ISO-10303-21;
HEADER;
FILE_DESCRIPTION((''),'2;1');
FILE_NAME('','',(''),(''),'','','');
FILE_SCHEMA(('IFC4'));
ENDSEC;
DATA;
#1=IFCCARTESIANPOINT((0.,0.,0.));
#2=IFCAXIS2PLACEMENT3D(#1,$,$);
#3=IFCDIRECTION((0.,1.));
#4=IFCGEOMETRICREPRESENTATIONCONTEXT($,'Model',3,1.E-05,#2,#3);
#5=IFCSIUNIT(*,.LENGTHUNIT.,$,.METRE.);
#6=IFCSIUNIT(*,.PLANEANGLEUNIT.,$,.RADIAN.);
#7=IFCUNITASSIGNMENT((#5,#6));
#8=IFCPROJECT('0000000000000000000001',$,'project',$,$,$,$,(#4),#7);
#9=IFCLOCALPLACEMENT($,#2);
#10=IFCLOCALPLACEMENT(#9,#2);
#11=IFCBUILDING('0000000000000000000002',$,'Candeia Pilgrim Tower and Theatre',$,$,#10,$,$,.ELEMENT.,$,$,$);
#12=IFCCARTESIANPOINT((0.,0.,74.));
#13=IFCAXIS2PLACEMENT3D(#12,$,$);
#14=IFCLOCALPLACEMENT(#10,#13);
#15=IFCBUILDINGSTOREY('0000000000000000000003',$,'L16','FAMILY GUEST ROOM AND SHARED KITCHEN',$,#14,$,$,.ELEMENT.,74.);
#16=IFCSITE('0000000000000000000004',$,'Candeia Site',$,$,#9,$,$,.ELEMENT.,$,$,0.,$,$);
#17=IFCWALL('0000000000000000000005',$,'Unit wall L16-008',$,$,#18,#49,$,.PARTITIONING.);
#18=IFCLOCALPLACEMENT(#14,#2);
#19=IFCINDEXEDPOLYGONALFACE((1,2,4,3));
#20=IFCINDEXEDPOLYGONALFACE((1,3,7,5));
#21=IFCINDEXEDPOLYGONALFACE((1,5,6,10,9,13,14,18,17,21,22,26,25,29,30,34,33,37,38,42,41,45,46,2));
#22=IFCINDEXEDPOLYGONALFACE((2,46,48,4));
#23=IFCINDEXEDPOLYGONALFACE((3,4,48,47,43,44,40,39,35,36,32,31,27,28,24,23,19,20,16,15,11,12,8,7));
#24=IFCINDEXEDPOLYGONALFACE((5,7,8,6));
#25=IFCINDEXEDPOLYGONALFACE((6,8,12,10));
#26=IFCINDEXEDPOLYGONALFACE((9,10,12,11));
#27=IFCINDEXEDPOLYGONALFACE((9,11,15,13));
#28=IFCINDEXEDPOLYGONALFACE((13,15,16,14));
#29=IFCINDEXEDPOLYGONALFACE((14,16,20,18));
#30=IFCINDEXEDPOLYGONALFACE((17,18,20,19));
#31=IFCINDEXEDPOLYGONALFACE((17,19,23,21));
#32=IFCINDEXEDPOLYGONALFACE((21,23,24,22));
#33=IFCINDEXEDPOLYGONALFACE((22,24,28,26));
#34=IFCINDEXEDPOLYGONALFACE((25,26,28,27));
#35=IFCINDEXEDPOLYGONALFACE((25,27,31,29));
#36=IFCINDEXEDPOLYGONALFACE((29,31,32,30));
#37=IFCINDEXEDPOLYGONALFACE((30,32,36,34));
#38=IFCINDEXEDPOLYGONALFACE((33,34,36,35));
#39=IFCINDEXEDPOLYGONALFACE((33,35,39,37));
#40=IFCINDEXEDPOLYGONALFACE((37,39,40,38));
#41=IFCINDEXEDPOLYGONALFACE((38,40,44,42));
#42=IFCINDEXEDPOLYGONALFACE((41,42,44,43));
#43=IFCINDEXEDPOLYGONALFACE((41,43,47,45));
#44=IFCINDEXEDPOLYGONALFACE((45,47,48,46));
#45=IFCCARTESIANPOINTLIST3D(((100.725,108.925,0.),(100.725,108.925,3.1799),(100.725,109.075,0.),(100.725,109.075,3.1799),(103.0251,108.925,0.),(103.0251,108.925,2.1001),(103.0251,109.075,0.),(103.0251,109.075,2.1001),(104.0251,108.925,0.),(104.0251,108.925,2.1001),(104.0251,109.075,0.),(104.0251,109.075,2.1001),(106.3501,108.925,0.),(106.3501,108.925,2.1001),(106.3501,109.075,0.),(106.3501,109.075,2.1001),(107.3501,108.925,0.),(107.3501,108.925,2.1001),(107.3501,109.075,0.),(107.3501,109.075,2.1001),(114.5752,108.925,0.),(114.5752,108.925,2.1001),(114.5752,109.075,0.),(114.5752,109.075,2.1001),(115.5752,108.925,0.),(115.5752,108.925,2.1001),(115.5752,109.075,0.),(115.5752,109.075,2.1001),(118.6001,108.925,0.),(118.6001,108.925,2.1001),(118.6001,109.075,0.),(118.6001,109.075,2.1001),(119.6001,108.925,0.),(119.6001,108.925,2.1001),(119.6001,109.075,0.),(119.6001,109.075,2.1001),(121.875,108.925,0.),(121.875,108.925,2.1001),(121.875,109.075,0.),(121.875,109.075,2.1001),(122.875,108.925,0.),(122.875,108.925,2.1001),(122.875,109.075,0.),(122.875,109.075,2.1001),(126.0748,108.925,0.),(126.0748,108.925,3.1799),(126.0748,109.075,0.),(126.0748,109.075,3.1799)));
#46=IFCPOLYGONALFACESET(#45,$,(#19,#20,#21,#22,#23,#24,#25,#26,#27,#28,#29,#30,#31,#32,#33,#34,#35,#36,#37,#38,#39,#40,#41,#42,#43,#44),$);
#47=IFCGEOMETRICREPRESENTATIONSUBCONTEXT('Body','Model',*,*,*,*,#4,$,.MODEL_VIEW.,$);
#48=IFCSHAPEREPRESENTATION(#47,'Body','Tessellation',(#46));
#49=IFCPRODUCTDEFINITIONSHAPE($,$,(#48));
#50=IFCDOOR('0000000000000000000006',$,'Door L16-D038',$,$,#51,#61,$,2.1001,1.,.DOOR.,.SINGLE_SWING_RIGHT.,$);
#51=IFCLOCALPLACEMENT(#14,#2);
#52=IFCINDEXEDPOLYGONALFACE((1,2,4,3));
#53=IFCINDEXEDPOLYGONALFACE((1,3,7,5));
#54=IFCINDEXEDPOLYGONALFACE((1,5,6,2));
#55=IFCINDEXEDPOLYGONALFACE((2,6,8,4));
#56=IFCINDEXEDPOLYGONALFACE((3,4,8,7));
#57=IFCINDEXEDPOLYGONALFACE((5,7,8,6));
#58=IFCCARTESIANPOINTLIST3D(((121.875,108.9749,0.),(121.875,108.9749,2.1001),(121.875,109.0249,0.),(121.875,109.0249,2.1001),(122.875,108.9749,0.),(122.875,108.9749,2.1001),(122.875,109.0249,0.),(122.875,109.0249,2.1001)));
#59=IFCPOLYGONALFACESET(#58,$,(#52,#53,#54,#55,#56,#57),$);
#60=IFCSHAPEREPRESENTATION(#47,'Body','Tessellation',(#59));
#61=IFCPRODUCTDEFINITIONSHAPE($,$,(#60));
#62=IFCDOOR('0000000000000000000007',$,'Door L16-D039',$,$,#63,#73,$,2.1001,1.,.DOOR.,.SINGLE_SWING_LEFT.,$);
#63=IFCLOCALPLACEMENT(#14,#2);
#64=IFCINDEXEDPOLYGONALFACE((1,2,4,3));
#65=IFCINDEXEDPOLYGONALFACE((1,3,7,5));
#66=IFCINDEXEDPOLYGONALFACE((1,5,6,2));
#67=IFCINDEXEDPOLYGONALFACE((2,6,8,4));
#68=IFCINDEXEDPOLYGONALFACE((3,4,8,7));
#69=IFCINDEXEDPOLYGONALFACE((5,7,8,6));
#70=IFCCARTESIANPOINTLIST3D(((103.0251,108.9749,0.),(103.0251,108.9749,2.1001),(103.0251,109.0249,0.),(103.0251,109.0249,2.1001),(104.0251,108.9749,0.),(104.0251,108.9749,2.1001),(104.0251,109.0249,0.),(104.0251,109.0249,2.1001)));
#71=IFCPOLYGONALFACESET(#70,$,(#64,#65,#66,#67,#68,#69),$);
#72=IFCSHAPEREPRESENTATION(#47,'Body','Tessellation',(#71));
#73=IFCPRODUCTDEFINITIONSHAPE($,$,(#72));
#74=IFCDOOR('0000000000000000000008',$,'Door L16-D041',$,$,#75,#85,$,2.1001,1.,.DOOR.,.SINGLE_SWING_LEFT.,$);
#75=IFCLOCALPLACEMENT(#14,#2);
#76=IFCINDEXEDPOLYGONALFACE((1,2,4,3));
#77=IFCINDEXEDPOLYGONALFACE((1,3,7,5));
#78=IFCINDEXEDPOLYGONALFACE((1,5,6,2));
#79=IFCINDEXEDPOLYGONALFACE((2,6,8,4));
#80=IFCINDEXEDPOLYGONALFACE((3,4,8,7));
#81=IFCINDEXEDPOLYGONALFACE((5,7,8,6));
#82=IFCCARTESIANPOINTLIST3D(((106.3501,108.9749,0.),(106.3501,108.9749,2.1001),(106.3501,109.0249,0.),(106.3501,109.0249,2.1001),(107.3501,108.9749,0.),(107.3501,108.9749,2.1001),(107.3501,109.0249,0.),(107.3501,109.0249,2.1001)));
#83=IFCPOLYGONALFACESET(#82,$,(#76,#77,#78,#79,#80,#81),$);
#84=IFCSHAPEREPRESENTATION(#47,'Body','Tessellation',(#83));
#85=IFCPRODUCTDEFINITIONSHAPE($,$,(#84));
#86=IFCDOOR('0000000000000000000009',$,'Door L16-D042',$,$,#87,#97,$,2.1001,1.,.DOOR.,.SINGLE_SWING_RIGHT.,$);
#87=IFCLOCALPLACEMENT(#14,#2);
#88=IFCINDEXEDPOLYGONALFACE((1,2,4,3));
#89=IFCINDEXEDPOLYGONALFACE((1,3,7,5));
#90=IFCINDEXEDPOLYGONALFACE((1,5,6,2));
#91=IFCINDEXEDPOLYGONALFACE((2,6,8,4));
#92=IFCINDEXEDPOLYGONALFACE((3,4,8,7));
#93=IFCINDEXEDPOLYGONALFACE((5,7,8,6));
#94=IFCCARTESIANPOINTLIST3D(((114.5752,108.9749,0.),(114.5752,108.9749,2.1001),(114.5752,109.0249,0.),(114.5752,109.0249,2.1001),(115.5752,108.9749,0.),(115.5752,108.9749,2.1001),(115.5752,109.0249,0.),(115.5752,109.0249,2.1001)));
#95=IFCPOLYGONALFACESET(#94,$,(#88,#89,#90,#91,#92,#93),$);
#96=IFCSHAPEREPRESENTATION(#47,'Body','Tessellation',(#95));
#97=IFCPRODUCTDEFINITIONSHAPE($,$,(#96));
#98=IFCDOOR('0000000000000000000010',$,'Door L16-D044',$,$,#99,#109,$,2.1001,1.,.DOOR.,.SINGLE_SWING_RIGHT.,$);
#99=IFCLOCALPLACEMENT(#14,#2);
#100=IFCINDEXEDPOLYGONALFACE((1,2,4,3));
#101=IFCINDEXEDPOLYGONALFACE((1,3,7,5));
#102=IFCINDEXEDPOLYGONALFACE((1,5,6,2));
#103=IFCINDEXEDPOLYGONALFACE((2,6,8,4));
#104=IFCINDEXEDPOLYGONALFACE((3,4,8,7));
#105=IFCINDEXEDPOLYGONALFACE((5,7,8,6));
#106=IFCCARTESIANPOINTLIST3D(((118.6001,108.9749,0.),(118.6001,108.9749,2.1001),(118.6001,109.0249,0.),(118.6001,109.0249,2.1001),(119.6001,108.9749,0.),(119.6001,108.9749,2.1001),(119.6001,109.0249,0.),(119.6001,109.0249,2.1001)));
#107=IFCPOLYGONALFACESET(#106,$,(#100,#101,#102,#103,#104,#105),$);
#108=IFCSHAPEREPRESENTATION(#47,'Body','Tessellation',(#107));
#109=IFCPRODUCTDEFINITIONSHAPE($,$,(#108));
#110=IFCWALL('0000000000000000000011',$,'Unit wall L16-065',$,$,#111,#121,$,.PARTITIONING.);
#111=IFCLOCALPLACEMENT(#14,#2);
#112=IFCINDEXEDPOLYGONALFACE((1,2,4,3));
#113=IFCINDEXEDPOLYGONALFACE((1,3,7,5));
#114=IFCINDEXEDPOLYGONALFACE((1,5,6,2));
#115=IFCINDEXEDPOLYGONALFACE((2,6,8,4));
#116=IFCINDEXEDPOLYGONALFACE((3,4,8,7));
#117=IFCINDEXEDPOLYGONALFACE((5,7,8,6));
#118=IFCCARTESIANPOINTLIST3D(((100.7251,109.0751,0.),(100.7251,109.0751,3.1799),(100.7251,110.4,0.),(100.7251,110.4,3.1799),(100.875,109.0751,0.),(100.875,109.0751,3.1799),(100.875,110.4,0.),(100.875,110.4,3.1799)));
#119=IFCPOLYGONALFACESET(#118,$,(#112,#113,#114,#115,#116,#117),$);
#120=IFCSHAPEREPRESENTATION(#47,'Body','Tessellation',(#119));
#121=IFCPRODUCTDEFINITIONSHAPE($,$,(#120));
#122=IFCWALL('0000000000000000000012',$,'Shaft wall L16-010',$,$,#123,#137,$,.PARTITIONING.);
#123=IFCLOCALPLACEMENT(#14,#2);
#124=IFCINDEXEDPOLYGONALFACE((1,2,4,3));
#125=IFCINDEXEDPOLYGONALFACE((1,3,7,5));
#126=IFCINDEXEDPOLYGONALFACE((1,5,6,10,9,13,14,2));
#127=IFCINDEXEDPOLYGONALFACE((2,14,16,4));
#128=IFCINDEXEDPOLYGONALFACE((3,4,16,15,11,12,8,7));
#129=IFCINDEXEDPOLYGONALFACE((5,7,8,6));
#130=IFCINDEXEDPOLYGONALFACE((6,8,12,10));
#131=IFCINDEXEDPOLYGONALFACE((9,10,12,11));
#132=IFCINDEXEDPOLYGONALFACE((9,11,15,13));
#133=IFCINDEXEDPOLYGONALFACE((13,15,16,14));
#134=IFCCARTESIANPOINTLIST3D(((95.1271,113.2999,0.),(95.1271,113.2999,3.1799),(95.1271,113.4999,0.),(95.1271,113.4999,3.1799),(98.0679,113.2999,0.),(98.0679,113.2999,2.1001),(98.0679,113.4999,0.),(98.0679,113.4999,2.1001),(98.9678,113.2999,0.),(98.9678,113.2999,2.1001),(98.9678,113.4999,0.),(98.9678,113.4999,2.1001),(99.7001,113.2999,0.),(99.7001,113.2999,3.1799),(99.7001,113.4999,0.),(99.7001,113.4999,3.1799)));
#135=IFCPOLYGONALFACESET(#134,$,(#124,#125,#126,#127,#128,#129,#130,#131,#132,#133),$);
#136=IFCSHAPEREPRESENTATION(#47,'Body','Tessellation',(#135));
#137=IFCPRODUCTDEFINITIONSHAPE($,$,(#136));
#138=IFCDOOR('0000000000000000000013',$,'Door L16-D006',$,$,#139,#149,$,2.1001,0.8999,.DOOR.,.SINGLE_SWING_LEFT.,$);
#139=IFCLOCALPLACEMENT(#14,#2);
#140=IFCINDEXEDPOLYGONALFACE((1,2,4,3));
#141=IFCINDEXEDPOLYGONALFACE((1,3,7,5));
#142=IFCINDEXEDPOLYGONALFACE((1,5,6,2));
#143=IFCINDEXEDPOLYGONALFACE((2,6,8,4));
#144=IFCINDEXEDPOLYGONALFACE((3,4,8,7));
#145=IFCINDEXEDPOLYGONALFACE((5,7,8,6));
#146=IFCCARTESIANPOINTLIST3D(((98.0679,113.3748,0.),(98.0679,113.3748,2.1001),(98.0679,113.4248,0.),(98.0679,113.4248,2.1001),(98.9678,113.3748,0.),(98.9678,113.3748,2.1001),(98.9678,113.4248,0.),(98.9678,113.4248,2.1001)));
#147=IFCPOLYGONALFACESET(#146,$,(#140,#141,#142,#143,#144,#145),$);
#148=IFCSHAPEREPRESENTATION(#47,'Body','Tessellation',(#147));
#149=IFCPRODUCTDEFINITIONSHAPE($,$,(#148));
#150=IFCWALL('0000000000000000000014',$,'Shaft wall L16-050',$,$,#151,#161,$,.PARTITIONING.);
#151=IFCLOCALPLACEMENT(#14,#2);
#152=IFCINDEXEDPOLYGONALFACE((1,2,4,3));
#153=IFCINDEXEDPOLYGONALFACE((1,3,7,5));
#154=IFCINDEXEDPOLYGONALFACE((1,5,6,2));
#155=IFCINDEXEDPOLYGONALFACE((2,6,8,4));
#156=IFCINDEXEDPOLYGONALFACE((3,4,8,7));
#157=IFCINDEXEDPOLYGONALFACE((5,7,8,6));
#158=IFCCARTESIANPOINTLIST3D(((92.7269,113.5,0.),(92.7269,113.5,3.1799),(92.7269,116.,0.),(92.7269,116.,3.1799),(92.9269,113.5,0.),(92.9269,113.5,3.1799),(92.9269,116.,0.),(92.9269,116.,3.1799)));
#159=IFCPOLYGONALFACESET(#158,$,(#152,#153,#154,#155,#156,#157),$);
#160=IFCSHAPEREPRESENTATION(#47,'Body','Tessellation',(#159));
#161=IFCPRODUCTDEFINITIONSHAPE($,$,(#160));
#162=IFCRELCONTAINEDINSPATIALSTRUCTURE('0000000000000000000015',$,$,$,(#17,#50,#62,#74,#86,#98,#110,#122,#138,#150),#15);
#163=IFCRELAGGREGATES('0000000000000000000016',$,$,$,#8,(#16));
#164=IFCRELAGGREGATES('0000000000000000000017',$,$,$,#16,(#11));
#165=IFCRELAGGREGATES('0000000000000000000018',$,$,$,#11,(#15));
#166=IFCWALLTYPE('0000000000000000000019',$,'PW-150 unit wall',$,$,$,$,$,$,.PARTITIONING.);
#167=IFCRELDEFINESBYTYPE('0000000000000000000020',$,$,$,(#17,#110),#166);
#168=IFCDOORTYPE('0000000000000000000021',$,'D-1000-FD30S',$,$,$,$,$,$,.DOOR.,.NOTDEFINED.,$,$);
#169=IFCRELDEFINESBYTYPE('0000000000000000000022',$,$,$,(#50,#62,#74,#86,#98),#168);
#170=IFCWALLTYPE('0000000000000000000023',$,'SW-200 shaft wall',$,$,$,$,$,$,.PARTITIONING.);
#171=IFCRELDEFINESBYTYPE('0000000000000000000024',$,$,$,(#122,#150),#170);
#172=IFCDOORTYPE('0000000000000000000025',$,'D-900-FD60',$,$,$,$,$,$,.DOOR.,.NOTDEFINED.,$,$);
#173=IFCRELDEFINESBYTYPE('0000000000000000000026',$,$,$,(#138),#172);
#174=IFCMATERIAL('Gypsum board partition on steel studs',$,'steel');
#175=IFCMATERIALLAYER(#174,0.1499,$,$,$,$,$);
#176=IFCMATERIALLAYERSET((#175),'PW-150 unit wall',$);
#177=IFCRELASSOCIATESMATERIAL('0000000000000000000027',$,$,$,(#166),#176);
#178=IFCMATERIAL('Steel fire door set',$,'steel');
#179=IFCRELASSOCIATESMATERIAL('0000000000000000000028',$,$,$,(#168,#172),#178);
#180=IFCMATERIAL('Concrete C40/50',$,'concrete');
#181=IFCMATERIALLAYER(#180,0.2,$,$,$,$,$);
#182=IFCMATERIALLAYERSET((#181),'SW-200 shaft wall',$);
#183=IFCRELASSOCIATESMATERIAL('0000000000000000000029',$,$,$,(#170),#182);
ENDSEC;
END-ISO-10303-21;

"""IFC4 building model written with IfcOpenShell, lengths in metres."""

from ifc_helpers import new_model, si_unit, direction, frame, frame_2d, origin, place, context, subcontext, project, spatial, rectangle, extrude, material, layer, layer_set, type_object, element, fill, save


model = new_model("IFC4")

# Units and contexts
model_context = context("Model", 3, precision=1e-05, world=origin(), true_north=direction((0.0, 1.0)))
body_context = subcontext(model_context, "Body", "Model", "MODEL_VIEW")
ifc_project = project(units=[si_unit("LENGTHUNIT", "METRE"), si_unit("PLANEANGLEUNIT", "RADIAN")], contexts=[model_context])

# Site, building, storey
site_placement = place(None, origin())
site = spatial("IfcSite", under=ifc_project, at=site_placement, Name="Candeia Site", CompositionType="ELEMENT", RefElevation=0.0)
building_placement = place(site_placement, origin())
building = spatial("IfcBuilding", under=site, at=building_placement, Name="Candeia Pilgrim Tower and Theatre", CompositionType="ELEMENT")
storey_placement = place(building_placement, frame((0.0, 0.0, 74.0)))
storey = spatial("IfcBuildingStorey", under=building, at=storey_placement, Name="L16", Description="FAMILY GUEST ROOM AND SHARED KITCHEN", CompositionType="ELEMENT", Elevation=74.0)

# Shared definitions
ifc_material_1 = material(Name="Steel fire door set", Category="steel")

# Shared definitions
ifc_material_2 = material(Name="Gypsum board partition on steel studs", Category="steel")

# Wall, openings, doors
ifc_layer_1 = layer(ifc_material_2, 0.1499)
ifc_layer_set_1 = layer_set([ifc_layer_1], Name="PW-150 unit wall")
wall_type_1 = type_object("IfcWallType", Name="PW-150 unit wall", PredefinedType="PARTITIONING", material=ifc_layer_set_1)
wall_1_placement = place(storey_placement, frame((100.7251, 109.0, 0.0), z_axis=(0.0, 0.0, 1.0), x_axis=(1.0, 0.0, 0.0)))
wall_1 = element("IfcWall", 1, at=wall_1_placement, inside=storey, type_object=wall_type_1, Name="Unit wall L16-008", PredefinedType="PARTITIONING", context=body_context, shape_type="SweptSolid", body=[
    extrude(rectangle(XDim=25.3499, YDim=0.1499, at=frame_2d((12.6748, 0.0))), origin(), (0.0, 0.0, 1.0), 3.1799),
])
opening_1_placement = place(wall_1_placement, frame((21.1499, 0.0, 0.0)))
opening_1 = element("IfcOpeningElement", 2, at=opening_1_placement, cuts=wall_1, PredefinedType="OPENING", context=body_context, shape_type="SweptSolid", body=[
    extrude(rectangle(XDim=1.0, YDim=2.1001, at=frame_2d((0.5, 1.05))), frame((0.0, 0.085, 0.0), z_axis=(0.0, -1.0, 0.0), x_axis=(1.0, 0.0, 0.0)), (0.0, 0.0, 1.0), 0.1699),
])
opening_2_placement = place(wall_1_placement, frame((2.3, 0.0, 0.0)))
opening_2 = element("IfcOpeningElement", 3, at=opening_2_placement, cuts=wall_1, PredefinedType="OPENING", context=body_context, shape_type="SweptSolid", body=[
    extrude(rectangle(XDim=1.0, YDim=2.1001, at=frame_2d((0.5, 1.05))), frame((0.0, 0.085, 0.0), z_axis=(0.0, -1.0, 0.0), x_axis=(1.0, 0.0, 0.0)), (0.0, 0.0, 1.0), 0.1699),
])
opening_3_placement = place(wall_1_placement, frame((5.625, 0.0, 0.0)))
opening_3 = element("IfcOpeningElement", 4, at=opening_3_placement, cuts=wall_1, PredefinedType="OPENING", context=body_context, shape_type="SweptSolid", body=[
    extrude(rectangle(XDim=1.0, YDim=2.1001, at=frame_2d((0.5, 1.05))), frame((0.0, 0.085, 0.0), z_axis=(0.0, -1.0, 0.0), x_axis=(1.0, 0.0, 0.0)), (0.0, 0.0, 1.0), 0.1699),
])
opening_4_placement = place(wall_1_placement, frame((13.8501, 0.0, 0.0)))
opening_4 = element("IfcOpeningElement", 5, at=opening_4_placement, cuts=wall_1, PredefinedType="OPENING", context=body_context, shape_type="SweptSolid", body=[
    extrude(rectangle(XDim=1.0, YDim=2.1001, at=frame_2d((0.5, 1.05))), frame((0.0, 0.085, 0.0), z_axis=(0.0, -1.0, 0.0), x_axis=(1.0, 0.0, 0.0)), (0.0, 0.0, 1.0), 0.1699),
])
opening_5_placement = place(wall_1_placement, frame((17.875, 0.0, 0.0)))
opening_5 = element("IfcOpeningElement", 6, at=opening_5_placement, cuts=wall_1, PredefinedType="OPENING", context=body_context, shape_type="SweptSolid", body=[
    extrude(rectangle(XDim=1.0, YDim=2.1001, at=frame_2d((0.5, 1.05))), frame((0.0, 0.085, 0.0), z_axis=(0.0, -1.0, 0.0), x_axis=(1.0, 0.0, 0.0)), (0.0, 0.0, 1.0), 0.1699),
])
door_type_1 = type_object("IfcDoorType", Name="D-1000-FD30S", OperationType="NOTDEFINED", PredefinedType="DOOR", material=ifc_material_1)
door_1_placement = place(opening_1_placement, origin())
door_1 = element("IfcDoor", 7, at=door_1_placement, inside=storey, type_object=door_type_1, Name="Door L16-D038", OperationType="SINGLE_SWING_RIGHT", OverallHeight=2.1001, OverallWidth=1.0, PredefinedType="DOOR", context=body_context, shape_type="SweptSolid", body=[
    extrude(rectangle(XDim=1.0, YDim=2.1001, at=frame_2d((0.5, 1.05))), frame((0.0, 0.0249, 0.0), z_axis=(0.0, -1.0, 0.0), x_axis=(1.0, 0.0, 0.0)), (0.0, 0.0, 1.0), 0.05),
])
fill(opening_1, door_1)
door_2_placement = place(opening_2_placement, origin())
door_2 = element("IfcDoor", 8, at=door_2_placement, inside=storey, type_object=door_type_1, Name="Door L16-D039", OperationType="SINGLE_SWING_LEFT", OverallHeight=2.1001, OverallWidth=1.0, PredefinedType="DOOR", context=body_context, shape_type="SweptSolid", body=[
    extrude(rectangle(XDim=1.0, YDim=2.1001, at=frame_2d((0.5, 1.05))), frame((0.0, 0.0249, 0.0), z_axis=(0.0, -1.0, 0.0), x_axis=(1.0, 0.0, 0.0)), (0.0, 0.0, 1.0), 0.05),
])
fill(opening_2, door_2)
door_3_placement = place(opening_3_placement, origin())
door_3 = element("IfcDoor", 9, at=door_3_placement, inside=storey, type_object=door_type_1, Name="Door L16-D041", OperationType="SINGLE_SWING_LEFT", OverallHeight=2.1001, OverallWidth=1.0, PredefinedType="DOOR", context=body_context, shape_type="SweptSolid", body=[
    extrude(rectangle(XDim=1.0, YDim=2.1001, at=frame_2d((0.5, 1.05))), frame((0.0, 0.0249, 0.0), z_axis=(0.0, -1.0, 0.0), x_axis=(1.0, 0.0, 0.0)), (0.0, 0.0, 1.0), 0.05),
])
fill(opening_3, door_3)
door_4_placement = place(opening_4_placement, origin())
door_4 = element("IfcDoor", 10, at=door_4_placement, inside=storey, type_object=door_type_1, Name="Door L16-D042", OperationType="SINGLE_SWING_RIGHT", OverallHeight=2.1001, OverallWidth=1.0, PredefinedType="DOOR", context=body_context, shape_type="SweptSolid", body=[
    extrude(rectangle(XDim=1.0, YDim=2.1001, at=frame_2d((0.5, 1.05))), frame((0.0, 0.0249, 0.0), z_axis=(0.0, -1.0, 0.0), x_axis=(1.0, 0.0, 0.0)), (0.0, 0.0, 1.0), 0.05),
])
fill(opening_4, door_4)
door_5_placement = place(opening_5_placement, origin())
door_5 = element("IfcDoor", 11, at=door_5_placement, inside=storey, type_object=door_type_1, Name="Door L16-D044", OperationType="SINGLE_SWING_RIGHT", OverallHeight=2.1001, OverallWidth=1.0, PredefinedType="DOOR", context=body_context, shape_type="SweptSolid", body=[
    extrude(rectangle(XDim=1.0, YDim=2.1001, at=frame_2d((0.5, 1.05))), frame((0.0, 0.0249, 0.0), z_axis=(0.0, -1.0, 0.0), x_axis=(1.0, 0.0, 0.0)), (0.0, 0.0, 1.0), 0.05),
])
fill(opening_5, door_5)

# Wall
wall_2_placement = place(storey_placement, frame((100.8, 109.075, 0.0), z_axis=(0.0, 0.0, 1.0), x_axis=(0.0, 1.0, 0.0)))
element("IfcWall", 12, at=wall_2_placement, inside=storey, type_object=wall_type_1, Name="Unit wall L16-065", PredefinedType="PARTITIONING", context=body_context, shape_type="SweptSolid", body=[
    extrude(rectangle(XDim=1.325, YDim=0.1499, at=frame_2d((0.6626, 0.0))), origin(), (0.0, 0.0, 1.0), 3.1799),
])

# Wall, opening, door
ifc_material_3 = material(Name="Concrete C40/50", Category="concrete")
ifc_layer_2 = layer(ifc_material_3, 0.2)
ifc_layer_set_2 = layer_set([ifc_layer_2], Name="SW-200 shaft wall")
wall_type_2 = type_object("IfcWallType", Name="SW-200 shaft wall", PredefinedType="PARTITIONING", material=ifc_layer_set_2)
wall_3_placement = place(storey_placement, frame((95.127, 113.3999, 0.0), z_axis=(0.0, 0.0, 1.0), x_axis=(1.0, 0.0, 0.0)))
wall_3 = element("IfcWall", 13, at=wall_3_placement, inside=storey, type_object=wall_type_2, Name="Shaft wall L16-010", PredefinedType="PARTITIONING", context=body_context, shape_type="SweptSolid", body=[
    extrude(rectangle(XDim=4.573, YDim=0.2, at=frame_2d((2.2866, 0.0))), origin(), (0.0, 0.0, 1.0), 3.1799),
])
opening_6_placement = place(wall_3_placement, frame((2.9409, 0.0, 0.0)))
opening_6 = element("IfcOpeningElement", 14, at=opening_6_placement, cuts=wall_3, PredefinedType="OPENING", context=body_context, shape_type="SweptSolid", body=[
    extrude(rectangle(XDim=0.8999, YDim=2.1001, at=frame_2d((0.45, 1.05))), frame((0.0, 0.1099, 0.0), z_axis=(0.0, -1.0, 0.0), x_axis=(1.0, 0.0, 0.0)), (0.0, 0.0, 1.0), 0.22),
])
door_type_2 = type_object("IfcDoorType", Name="D-900-FD60", OperationType="NOTDEFINED", PredefinedType="DOOR", material=ifc_material_1)
door_6_placement = place(opening_6_placement, origin())
door_6 = element("IfcDoor", 15, at=door_6_placement, inside=storey, type_object=door_type_2, Name="Door L16-D006", OperationType="SINGLE_SWING_LEFT", OverallHeight=2.1001, OverallWidth=0.8999, PredefinedType="DOOR", context=body_context, shape_type="SweptSolid", body=[
    extrude(rectangle(XDim=0.8999, YDim=2.1001, at=frame_2d((0.45, 1.05))), frame((0.0, 0.0249, 0.0), z_axis=(0.0, -1.0, 0.0), x_axis=(1.0, 0.0, 0.0)), (0.0, 0.0, 1.0), 0.05),
])
fill(opening_6, door_6)

# Wall
wall_4_placement = place(storey_placement, frame((92.8269, 113.5, 0.0), z_axis=(0.0, 0.0, 1.0), x_axis=(0.0, 1.0, 0.0)))
element("IfcWall", 16, at=wall_4_placement, inside=storey, type_object=wall_type_2, Name="Shaft wall L16-050", PredefinedType="PARTITIONING", context=body_context, shape_type="SweptSolid", body=[
    extrude(rectangle(XDim=2.5, YDim=0.2, at=frame_2d((1.25, 0.0))), origin(), (0.0, 0.0, 1.0), 3.1799),
])

save(model, "model.ifc")
